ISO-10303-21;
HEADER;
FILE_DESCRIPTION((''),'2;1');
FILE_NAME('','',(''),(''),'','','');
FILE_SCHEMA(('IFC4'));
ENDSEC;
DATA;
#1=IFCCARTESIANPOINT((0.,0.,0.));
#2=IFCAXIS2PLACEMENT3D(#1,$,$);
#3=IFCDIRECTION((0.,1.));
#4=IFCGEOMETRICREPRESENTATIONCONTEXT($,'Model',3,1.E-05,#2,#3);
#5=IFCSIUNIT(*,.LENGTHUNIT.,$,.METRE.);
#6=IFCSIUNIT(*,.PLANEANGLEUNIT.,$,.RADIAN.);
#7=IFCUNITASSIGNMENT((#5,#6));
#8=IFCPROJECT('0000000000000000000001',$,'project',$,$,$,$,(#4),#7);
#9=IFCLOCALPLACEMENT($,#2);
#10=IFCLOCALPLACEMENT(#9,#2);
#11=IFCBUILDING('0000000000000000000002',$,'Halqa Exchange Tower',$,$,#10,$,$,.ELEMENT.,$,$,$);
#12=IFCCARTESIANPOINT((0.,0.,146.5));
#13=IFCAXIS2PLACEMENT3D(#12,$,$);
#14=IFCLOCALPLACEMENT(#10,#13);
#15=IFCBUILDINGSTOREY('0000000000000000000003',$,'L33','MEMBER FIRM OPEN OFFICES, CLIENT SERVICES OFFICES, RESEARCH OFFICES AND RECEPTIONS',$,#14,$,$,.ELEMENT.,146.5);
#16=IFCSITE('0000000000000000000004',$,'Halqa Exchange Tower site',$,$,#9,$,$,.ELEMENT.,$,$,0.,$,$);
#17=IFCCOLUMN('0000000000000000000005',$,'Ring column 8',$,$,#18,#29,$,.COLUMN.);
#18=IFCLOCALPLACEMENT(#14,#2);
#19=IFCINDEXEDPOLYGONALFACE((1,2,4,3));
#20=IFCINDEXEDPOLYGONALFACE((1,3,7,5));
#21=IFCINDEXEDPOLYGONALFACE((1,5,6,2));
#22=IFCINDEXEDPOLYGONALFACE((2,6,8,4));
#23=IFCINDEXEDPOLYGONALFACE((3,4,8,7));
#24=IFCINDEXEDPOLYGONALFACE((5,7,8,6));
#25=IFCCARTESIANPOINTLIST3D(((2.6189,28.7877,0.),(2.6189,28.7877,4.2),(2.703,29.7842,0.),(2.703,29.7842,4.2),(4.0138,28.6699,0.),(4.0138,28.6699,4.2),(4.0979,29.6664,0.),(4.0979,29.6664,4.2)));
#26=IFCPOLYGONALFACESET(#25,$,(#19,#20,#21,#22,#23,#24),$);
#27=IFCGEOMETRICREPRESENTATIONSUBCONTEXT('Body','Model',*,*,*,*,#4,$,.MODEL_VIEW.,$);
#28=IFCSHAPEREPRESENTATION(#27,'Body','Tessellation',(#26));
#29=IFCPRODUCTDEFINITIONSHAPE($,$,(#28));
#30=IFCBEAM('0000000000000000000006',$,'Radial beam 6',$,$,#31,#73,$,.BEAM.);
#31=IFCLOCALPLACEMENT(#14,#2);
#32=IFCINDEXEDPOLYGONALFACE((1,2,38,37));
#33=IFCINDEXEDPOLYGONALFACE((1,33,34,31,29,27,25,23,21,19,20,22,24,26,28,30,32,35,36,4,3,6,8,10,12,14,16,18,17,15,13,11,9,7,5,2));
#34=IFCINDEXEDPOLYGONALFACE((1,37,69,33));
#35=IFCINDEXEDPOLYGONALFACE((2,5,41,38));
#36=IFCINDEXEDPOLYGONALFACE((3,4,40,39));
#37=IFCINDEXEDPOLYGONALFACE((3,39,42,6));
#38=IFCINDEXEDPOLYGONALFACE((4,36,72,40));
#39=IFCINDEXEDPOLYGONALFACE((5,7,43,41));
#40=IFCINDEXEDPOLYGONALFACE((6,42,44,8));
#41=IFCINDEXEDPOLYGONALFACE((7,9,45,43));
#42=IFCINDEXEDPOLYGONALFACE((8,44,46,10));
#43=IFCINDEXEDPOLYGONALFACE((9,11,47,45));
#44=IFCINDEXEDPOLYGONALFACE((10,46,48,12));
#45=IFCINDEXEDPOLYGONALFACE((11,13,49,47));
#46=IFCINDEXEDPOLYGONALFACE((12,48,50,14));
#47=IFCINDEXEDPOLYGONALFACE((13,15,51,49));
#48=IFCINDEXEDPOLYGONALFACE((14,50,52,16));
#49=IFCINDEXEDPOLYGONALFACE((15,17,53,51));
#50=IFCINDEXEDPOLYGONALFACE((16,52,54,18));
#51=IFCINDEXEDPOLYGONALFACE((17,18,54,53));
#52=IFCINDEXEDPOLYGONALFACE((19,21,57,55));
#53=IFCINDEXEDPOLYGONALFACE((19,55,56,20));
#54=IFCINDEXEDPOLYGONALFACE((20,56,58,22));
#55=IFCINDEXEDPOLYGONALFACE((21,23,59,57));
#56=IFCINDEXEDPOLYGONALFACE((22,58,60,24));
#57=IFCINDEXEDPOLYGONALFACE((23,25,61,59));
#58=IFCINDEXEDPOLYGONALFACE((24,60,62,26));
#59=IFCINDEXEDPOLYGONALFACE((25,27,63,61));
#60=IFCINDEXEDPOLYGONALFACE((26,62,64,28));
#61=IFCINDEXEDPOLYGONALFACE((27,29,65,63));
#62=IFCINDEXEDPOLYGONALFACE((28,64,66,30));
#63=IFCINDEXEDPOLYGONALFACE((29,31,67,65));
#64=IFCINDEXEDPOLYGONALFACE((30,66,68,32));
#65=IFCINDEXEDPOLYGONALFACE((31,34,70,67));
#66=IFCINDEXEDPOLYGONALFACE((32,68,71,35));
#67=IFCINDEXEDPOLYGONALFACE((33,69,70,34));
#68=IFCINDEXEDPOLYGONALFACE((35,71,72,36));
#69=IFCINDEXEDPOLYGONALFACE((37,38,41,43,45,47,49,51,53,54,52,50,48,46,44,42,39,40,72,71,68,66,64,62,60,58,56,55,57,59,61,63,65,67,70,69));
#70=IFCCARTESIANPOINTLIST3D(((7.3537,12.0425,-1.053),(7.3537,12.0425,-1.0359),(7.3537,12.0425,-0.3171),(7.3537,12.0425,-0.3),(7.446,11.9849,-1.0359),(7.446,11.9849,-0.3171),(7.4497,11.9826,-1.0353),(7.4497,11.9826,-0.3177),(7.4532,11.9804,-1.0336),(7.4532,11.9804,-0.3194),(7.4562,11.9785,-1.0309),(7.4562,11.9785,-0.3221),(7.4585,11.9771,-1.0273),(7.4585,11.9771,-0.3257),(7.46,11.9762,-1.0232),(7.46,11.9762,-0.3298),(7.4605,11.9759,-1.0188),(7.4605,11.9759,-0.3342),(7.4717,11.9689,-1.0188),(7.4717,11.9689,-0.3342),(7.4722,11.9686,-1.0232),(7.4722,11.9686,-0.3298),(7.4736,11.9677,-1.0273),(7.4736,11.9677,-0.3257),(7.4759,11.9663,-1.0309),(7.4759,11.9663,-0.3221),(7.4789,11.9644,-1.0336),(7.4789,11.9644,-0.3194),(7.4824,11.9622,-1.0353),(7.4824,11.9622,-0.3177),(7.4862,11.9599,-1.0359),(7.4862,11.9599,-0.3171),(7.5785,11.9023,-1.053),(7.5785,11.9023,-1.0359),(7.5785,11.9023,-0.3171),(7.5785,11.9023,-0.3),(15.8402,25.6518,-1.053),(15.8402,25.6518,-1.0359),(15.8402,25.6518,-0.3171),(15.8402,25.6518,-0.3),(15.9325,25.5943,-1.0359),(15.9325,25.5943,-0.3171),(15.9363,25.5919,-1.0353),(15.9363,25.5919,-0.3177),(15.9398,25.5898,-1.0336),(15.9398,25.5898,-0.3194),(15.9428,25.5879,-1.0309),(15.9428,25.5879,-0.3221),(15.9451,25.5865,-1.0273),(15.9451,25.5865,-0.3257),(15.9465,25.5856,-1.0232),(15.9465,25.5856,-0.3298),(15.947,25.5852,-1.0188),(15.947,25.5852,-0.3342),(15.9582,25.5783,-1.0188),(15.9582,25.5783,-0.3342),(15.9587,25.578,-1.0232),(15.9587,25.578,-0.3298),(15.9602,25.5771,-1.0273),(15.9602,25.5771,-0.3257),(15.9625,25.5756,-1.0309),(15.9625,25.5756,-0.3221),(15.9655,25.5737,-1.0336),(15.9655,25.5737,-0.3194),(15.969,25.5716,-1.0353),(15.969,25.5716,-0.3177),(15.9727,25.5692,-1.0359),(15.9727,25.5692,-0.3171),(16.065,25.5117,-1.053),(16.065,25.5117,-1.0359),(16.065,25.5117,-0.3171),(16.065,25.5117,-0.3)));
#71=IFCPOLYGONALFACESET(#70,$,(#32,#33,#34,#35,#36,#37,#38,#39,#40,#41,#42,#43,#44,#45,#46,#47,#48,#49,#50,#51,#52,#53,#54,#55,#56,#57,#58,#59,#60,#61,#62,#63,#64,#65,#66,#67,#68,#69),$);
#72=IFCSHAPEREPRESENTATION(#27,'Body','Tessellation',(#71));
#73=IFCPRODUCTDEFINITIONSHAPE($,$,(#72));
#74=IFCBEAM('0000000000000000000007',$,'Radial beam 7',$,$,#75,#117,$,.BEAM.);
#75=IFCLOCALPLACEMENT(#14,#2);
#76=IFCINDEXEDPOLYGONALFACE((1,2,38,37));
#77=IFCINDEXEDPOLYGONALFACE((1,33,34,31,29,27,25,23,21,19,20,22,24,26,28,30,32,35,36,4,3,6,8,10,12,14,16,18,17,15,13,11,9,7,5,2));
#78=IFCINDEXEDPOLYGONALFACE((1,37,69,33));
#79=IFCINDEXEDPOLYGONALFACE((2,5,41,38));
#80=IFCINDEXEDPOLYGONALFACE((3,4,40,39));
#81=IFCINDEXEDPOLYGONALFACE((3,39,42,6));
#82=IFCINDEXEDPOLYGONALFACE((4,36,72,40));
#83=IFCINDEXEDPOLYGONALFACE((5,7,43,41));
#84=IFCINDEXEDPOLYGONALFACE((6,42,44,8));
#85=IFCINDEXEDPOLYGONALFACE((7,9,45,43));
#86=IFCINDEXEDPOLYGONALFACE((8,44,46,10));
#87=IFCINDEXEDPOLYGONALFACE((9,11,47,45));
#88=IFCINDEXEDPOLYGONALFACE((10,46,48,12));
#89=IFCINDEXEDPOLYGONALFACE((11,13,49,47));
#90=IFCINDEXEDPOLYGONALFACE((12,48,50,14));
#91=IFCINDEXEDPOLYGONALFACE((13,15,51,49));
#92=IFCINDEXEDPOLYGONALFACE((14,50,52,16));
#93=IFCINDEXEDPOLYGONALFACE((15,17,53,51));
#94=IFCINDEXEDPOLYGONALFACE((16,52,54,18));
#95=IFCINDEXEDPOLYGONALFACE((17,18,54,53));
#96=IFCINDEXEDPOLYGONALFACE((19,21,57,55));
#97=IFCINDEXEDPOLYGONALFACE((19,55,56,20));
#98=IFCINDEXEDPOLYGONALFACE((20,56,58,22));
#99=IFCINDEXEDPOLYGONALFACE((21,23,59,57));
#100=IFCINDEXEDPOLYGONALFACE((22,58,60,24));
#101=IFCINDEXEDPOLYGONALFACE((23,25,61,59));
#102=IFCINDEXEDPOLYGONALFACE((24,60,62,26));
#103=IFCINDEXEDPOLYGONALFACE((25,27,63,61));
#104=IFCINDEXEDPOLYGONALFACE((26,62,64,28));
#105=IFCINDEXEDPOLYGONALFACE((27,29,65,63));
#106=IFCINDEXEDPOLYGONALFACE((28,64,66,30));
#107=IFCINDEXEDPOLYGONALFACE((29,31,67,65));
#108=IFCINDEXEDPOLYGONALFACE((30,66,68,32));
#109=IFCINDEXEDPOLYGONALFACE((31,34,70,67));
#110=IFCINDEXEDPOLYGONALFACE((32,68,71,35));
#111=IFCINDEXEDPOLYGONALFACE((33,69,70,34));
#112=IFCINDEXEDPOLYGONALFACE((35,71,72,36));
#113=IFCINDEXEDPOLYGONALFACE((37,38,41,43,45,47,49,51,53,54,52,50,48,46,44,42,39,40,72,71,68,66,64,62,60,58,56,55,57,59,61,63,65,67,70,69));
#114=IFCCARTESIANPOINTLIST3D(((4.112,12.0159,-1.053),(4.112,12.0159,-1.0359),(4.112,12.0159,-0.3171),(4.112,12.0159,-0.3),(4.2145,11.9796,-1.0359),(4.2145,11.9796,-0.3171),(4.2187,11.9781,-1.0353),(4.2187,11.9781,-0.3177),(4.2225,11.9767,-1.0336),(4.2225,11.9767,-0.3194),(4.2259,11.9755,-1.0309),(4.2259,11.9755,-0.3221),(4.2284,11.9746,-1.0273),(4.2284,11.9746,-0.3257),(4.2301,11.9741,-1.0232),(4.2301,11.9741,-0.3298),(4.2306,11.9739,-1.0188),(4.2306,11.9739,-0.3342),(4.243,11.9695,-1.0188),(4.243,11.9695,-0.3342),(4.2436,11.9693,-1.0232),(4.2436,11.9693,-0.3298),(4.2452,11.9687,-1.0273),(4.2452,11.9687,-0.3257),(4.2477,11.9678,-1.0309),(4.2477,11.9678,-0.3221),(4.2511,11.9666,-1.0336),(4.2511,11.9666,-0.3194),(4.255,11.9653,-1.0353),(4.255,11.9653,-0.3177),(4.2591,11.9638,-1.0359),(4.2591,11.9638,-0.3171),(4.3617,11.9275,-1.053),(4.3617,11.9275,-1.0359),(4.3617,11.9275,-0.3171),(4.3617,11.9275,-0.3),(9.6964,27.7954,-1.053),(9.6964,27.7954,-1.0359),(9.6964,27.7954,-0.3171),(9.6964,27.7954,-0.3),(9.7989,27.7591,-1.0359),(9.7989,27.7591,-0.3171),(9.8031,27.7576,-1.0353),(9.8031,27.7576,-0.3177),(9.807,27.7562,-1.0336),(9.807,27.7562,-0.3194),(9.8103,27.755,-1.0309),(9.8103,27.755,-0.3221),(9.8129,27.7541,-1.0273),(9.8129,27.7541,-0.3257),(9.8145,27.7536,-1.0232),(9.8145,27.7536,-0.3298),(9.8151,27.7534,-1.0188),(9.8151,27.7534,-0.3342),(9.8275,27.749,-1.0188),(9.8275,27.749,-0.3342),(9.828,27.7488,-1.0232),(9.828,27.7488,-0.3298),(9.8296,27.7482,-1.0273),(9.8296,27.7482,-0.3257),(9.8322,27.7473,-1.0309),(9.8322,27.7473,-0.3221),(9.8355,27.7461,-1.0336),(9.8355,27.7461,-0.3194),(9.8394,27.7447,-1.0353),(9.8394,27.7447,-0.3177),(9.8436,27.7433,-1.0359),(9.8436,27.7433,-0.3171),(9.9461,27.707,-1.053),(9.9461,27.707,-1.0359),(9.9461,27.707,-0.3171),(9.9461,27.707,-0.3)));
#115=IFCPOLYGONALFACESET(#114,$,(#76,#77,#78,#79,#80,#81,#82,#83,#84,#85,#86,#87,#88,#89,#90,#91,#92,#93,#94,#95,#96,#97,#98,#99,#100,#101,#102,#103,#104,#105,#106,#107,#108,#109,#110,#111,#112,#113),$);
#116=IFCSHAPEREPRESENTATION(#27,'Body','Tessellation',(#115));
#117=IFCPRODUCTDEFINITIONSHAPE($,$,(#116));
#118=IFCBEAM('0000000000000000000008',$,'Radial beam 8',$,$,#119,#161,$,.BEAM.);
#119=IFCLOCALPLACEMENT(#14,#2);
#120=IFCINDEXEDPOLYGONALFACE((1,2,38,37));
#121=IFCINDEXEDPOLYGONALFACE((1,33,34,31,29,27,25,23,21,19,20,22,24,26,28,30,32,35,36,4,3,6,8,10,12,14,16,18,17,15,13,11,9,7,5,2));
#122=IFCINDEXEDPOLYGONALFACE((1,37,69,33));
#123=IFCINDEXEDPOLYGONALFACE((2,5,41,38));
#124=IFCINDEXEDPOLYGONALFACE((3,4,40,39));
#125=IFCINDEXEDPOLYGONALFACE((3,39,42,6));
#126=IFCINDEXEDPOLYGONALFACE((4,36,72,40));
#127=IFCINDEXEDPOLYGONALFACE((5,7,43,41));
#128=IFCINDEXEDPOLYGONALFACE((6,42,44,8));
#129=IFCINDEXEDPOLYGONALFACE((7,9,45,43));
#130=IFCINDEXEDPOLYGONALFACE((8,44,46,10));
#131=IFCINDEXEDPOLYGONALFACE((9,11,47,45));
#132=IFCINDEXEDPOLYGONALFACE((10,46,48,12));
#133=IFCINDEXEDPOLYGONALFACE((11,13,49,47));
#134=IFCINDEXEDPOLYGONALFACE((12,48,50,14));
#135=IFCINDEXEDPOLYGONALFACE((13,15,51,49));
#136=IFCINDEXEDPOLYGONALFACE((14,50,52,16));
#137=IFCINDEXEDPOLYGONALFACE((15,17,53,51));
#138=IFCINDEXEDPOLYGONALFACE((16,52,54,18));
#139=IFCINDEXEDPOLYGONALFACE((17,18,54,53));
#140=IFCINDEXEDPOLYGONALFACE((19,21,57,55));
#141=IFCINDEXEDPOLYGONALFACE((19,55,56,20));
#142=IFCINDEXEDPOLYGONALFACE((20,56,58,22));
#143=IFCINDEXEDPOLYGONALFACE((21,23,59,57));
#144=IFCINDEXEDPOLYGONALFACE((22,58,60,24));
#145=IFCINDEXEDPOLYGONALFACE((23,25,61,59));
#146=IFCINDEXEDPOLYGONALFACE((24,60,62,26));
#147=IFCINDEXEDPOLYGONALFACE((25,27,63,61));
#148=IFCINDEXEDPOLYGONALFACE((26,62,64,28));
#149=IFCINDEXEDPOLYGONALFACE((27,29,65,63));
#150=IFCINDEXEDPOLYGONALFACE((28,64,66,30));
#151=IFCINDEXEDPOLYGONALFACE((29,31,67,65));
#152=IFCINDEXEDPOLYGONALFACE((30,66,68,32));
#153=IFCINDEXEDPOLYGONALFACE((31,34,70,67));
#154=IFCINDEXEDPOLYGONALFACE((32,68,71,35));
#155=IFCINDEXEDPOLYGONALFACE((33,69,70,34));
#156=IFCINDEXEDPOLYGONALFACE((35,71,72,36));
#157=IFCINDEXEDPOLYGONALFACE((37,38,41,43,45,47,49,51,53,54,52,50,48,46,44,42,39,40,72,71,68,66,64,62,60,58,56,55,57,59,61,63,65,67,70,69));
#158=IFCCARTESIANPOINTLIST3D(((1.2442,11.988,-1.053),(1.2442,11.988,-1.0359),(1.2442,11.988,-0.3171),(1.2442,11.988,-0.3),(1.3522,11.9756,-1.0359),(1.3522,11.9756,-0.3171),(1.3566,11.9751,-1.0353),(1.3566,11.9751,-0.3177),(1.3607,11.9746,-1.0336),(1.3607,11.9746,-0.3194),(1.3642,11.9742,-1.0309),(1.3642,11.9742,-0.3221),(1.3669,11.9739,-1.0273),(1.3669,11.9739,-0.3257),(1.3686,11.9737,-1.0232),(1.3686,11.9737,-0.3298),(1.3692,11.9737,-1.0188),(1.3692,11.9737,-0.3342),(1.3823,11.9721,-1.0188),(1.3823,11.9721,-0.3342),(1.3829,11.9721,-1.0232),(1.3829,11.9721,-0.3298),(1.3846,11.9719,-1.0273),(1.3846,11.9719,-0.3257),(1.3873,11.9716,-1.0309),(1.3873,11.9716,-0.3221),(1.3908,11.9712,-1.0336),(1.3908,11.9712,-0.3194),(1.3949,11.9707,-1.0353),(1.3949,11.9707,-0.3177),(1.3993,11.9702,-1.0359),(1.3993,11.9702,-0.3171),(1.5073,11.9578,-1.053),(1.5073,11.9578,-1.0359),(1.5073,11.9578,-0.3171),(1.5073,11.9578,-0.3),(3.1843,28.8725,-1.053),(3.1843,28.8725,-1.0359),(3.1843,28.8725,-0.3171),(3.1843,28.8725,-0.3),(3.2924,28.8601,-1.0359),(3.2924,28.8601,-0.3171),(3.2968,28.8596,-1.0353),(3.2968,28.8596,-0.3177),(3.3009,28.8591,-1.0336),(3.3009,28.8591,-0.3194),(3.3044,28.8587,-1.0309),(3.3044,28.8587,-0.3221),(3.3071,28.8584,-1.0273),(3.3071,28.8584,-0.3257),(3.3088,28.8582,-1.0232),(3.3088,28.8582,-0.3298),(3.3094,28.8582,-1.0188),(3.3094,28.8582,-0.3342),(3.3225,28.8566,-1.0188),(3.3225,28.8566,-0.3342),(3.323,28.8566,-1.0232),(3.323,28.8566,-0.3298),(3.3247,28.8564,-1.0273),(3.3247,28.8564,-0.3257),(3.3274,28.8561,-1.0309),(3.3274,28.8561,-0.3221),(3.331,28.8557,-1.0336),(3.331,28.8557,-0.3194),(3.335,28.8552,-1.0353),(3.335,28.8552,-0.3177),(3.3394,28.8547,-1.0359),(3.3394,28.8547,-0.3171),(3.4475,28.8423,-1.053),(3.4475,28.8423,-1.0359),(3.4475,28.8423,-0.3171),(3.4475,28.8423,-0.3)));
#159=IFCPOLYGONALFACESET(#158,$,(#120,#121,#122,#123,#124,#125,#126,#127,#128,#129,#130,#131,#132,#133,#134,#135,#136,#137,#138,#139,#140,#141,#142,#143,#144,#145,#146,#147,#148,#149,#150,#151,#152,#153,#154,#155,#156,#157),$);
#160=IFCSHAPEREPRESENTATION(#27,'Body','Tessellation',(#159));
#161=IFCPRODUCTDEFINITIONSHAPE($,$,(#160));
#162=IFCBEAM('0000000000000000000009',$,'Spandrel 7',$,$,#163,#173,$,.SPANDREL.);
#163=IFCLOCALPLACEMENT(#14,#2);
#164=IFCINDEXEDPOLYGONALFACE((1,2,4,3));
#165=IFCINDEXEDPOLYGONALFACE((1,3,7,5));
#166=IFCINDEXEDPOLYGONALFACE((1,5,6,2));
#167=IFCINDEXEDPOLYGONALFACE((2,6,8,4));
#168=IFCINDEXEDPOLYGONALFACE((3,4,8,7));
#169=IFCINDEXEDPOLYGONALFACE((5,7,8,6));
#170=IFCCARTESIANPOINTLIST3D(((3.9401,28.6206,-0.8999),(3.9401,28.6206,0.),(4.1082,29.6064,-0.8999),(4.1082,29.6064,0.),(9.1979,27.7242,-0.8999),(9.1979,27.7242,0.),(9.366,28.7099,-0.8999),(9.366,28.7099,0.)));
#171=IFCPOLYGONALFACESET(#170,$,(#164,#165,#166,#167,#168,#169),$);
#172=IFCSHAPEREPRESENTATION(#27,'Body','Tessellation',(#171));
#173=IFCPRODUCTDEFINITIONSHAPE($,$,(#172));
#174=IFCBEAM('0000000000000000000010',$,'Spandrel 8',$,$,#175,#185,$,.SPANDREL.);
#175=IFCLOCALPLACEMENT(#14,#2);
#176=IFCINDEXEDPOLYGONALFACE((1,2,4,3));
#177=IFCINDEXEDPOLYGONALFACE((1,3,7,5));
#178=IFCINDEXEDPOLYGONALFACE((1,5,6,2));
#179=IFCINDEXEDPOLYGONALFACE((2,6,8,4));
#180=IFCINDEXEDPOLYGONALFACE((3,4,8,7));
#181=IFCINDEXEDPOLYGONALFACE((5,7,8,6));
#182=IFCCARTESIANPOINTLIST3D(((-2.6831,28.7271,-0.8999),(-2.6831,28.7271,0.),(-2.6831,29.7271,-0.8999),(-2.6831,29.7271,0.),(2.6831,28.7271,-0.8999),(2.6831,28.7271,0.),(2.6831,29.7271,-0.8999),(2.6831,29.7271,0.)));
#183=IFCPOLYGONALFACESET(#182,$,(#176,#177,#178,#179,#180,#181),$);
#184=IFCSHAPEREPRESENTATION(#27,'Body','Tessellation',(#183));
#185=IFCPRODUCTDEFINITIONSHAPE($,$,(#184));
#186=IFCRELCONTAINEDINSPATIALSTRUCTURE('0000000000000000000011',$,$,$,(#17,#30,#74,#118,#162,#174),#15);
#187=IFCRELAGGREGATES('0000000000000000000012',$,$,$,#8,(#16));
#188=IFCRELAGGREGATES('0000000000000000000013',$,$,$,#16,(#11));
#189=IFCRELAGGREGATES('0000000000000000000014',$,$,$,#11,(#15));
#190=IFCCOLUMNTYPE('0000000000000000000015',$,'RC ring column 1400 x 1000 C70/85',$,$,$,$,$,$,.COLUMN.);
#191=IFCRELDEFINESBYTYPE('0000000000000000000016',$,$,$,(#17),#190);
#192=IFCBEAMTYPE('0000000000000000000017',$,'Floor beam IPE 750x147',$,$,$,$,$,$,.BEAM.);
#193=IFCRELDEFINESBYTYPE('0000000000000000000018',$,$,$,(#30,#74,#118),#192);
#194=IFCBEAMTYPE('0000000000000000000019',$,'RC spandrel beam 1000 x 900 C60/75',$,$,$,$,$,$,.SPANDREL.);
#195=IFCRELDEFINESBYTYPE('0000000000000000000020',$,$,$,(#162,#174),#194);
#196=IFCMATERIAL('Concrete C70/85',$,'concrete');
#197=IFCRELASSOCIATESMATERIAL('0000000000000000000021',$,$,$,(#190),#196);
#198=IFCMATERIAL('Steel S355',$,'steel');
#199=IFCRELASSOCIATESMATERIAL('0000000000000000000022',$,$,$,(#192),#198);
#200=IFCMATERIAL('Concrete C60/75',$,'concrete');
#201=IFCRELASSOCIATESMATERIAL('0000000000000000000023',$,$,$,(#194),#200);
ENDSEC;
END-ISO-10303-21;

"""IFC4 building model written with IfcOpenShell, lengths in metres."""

from ifc_helpers import new_model, si_unit, direction, frame, origin, origin_2d, place, context, subcontext, project, spatial, rectangle, i_section, extrude, material, material_profile, profile_set, type_object, element, save


model = new_model("IFC4")

# Units and contexts
model_context = context("Model", 3, precision=1e-05, world=origin(), true_north=direction((0.0, 1.0)))
body_context = subcontext(model_context, "Body", "Model", "MODEL_VIEW")
ifc_project = project(units=[si_unit("LENGTHUNIT", "METRE"), si_unit("PLANEANGLEUNIT", "RADIAN")], contexts=[model_context])

# Site, building, storey
site_placement = place(None, origin())
site = spatial("IfcSite", under=ifc_project, at=site_placement, Name="Halqa Exchange Tower site", CompositionType="ELEMENT", RefElevation=0.0)
building_placement = place(site_placement, origin())
building = spatial("IfcBuilding", under=site, at=building_placement, Name="Halqa Exchange Tower", CompositionType="ELEMENT")
storey_placement = place(building_placement, frame((0.0, 0.0, 146.5)))
storey = spatial("IfcBuildingStorey", under=building, at=storey_placement, Name="L33", Description="MEMBER FIRM OPEN OFFICES, CLIENT SERVICES OFFICES, RESEARCH OFFICES AND RECEPTIONS", CompositionType="ELEMENT", Elevation=146.5)

# Column
ifc_material_1 = material(Name="Concrete C70/85", Category="concrete")
ifc_material_profile_1 = material_profile(ifc_material_1, rectangle(XDim=1.3999, YDim=1.0, at=origin_2d()), Name="1400 x 1000")
ifc_profile_set_1 = profile_set([ifc_material_profile_1], Name="Concrete C70/85")
column_type = type_object("IfcColumnType", Name="RC ring column 1400 x 1000 C70/85", PredefinedType="COLUMN", material=ifc_profile_set_1)
column_placement = place(storey_placement, frame((3.3584, 29.2271, 0.0), z_axis=(0.0, 0.0, 1.0), x_axis=(-0.996455, 0.084123, 0.0)))
element("IfcColumn", 1, at=column_placement, inside=storey, type_object=column_type, Name="Ring column 8", PredefinedType="COLUMN", context=body_context, shape_type="SweptSolid", body=[
    extrude(rectangle(XDim=1.3999, YDim=1.0, at=origin_2d()), origin(), (0.0, 0.0, 1.0), 4.2),
])

# Beams
ifc_material_2 = material(Name="Steel S355", Category="steel")
ifc_material_profile_2 = material_profile(ifc_material_2, i_section(OverallWidth=0.2649, OverallDepth=0.7529, WebThickness=0.0132, FlangeThickness=0.0171, FilletRadius=0.0171, at=origin_2d()), Name="IPE 750x147")
ifc_profile_set_2 = profile_set([ifc_material_profile_2], Name="Steel S355")
beam_type_1 = type_object("IfcBeamType", Name="Floor beam IPE 750x147", PredefinedType="BEAM", material=ifc_profile_set_2)
beam_1_placement = place(storey_placement, frame((7.4661, 11.9724, -0.6765), z_axis=(0.529134, 0.848538, 0.0), x_axis=(-0.848538, 0.529134, 0.0)))
element("IfcBeam", 2, at=beam_1_placement, inside=storey, type_object=beam_type_1, Name="Radial beam 6", PredefinedType="BEAM", context=body_context, shape_type="SweptSolid", body=[
    extrude(i_section(OverallWidth=0.2649, OverallDepth=0.7529, WebThickness=0.0132, FlangeThickness=0.0171, FilletRadius=0.0171, at=origin_2d()), origin(), (0.0, 0.0, 1.0), 16.0386),
])
beam_2_placement = place(storey_placement, frame((4.2368, 11.9717, -0.6765), z_axis=(0.333629, 0.942705, 0.0), x_axis=(-0.942705, 0.333629, 0.0)))
element("IfcBeam", 3, at=beam_2_placement, inside=storey, type_object=beam_type_1, Name="Radial beam 7", PredefinedType="BEAM", context=body_context, shape_type="SweptSolid", body=[
    extrude(i_section(OverallWidth=0.2649, OverallDepth=0.7529, WebThickness=0.0132, FlangeThickness=0.0171, FilletRadius=0.0171, at=origin_2d()), origin(), (0.0, 0.0, 1.0), 16.7385),
])
beam_3_placement = place(storey_placement, frame((1.3757, 11.9729, -0.6765), z_axis=(0.114158, 0.993463, 0.0), x_axis=(-0.993463, 0.114158, 0.0)))
element("IfcBeam", 4, at=beam_3_placement, inside=storey, type_object=beam_type_1, Name="Radial beam 8", PredefinedType="BEAM", context=body_context, shape_type="SweptSolid", body=[
    extrude(i_section(OverallWidth=0.2649, OverallDepth=0.7529, WebThickness=0.0132, FlangeThickness=0.0171, FilletRadius=0.0171, at=origin_2d()), origin(), (0.0, 0.0, 1.0), 16.9956),
])
ifc_material_3 = material(Name="Concrete C60/75", Category="concrete")
ifc_material_profile_3 = material_profile(ifc_material_3, rectangle(XDim=1.0, YDim=0.8999, at=origin_2d()), Name="1000 x 900")
ifc_profile_set_3 = profile_set([ifc_material_profile_3], Name="Concrete C60/75")
beam_type_2 = type_object("IfcBeamType", Name="RC spandrel beam 1000 x 900 C60/75", PredefinedType="SPANDREL", material=ifc_profile_set_3)
beam_4_placement = place(storey_placement, frame((9.282, 28.217, -0.45), z_axis=(-0.985773, 0.168079, 0.0), x_axis=(-0.168079, -0.985773, 0.0)))
element("IfcBeam", 5, at=beam_4_placement, inside=storey, type_object=beam_type_2, Name="Spandrel 7", PredefinedType="SPANDREL", context=body_context, shape_type="SweptSolid", body=[
    extrude(rectangle(XDim=1.0, YDim=0.8999, at=origin_2d()), origin(), (0.0, 0.0, 1.0), 5.3337),
])
beam_5_placement = place(storey_placement, frame((2.6831, 29.2271, -0.45), z_axis=(-1.0, 0.0, 0.0), x_axis=(0.0, -1.0, 0.0)))
element("IfcBeam", 6, at=beam_5_placement, inside=storey, type_object=beam_type_2, Name="Spandrel 8", PredefinedType="SPANDREL", context=body_context, shape_type="SweptSolid", body=[
    extrude(rectangle(XDim=1.0, YDim=0.8999, at=origin_2d()), origin(), (0.0, 0.0, 1.0), 5.3662),
])

save(model, "model.ifc")
